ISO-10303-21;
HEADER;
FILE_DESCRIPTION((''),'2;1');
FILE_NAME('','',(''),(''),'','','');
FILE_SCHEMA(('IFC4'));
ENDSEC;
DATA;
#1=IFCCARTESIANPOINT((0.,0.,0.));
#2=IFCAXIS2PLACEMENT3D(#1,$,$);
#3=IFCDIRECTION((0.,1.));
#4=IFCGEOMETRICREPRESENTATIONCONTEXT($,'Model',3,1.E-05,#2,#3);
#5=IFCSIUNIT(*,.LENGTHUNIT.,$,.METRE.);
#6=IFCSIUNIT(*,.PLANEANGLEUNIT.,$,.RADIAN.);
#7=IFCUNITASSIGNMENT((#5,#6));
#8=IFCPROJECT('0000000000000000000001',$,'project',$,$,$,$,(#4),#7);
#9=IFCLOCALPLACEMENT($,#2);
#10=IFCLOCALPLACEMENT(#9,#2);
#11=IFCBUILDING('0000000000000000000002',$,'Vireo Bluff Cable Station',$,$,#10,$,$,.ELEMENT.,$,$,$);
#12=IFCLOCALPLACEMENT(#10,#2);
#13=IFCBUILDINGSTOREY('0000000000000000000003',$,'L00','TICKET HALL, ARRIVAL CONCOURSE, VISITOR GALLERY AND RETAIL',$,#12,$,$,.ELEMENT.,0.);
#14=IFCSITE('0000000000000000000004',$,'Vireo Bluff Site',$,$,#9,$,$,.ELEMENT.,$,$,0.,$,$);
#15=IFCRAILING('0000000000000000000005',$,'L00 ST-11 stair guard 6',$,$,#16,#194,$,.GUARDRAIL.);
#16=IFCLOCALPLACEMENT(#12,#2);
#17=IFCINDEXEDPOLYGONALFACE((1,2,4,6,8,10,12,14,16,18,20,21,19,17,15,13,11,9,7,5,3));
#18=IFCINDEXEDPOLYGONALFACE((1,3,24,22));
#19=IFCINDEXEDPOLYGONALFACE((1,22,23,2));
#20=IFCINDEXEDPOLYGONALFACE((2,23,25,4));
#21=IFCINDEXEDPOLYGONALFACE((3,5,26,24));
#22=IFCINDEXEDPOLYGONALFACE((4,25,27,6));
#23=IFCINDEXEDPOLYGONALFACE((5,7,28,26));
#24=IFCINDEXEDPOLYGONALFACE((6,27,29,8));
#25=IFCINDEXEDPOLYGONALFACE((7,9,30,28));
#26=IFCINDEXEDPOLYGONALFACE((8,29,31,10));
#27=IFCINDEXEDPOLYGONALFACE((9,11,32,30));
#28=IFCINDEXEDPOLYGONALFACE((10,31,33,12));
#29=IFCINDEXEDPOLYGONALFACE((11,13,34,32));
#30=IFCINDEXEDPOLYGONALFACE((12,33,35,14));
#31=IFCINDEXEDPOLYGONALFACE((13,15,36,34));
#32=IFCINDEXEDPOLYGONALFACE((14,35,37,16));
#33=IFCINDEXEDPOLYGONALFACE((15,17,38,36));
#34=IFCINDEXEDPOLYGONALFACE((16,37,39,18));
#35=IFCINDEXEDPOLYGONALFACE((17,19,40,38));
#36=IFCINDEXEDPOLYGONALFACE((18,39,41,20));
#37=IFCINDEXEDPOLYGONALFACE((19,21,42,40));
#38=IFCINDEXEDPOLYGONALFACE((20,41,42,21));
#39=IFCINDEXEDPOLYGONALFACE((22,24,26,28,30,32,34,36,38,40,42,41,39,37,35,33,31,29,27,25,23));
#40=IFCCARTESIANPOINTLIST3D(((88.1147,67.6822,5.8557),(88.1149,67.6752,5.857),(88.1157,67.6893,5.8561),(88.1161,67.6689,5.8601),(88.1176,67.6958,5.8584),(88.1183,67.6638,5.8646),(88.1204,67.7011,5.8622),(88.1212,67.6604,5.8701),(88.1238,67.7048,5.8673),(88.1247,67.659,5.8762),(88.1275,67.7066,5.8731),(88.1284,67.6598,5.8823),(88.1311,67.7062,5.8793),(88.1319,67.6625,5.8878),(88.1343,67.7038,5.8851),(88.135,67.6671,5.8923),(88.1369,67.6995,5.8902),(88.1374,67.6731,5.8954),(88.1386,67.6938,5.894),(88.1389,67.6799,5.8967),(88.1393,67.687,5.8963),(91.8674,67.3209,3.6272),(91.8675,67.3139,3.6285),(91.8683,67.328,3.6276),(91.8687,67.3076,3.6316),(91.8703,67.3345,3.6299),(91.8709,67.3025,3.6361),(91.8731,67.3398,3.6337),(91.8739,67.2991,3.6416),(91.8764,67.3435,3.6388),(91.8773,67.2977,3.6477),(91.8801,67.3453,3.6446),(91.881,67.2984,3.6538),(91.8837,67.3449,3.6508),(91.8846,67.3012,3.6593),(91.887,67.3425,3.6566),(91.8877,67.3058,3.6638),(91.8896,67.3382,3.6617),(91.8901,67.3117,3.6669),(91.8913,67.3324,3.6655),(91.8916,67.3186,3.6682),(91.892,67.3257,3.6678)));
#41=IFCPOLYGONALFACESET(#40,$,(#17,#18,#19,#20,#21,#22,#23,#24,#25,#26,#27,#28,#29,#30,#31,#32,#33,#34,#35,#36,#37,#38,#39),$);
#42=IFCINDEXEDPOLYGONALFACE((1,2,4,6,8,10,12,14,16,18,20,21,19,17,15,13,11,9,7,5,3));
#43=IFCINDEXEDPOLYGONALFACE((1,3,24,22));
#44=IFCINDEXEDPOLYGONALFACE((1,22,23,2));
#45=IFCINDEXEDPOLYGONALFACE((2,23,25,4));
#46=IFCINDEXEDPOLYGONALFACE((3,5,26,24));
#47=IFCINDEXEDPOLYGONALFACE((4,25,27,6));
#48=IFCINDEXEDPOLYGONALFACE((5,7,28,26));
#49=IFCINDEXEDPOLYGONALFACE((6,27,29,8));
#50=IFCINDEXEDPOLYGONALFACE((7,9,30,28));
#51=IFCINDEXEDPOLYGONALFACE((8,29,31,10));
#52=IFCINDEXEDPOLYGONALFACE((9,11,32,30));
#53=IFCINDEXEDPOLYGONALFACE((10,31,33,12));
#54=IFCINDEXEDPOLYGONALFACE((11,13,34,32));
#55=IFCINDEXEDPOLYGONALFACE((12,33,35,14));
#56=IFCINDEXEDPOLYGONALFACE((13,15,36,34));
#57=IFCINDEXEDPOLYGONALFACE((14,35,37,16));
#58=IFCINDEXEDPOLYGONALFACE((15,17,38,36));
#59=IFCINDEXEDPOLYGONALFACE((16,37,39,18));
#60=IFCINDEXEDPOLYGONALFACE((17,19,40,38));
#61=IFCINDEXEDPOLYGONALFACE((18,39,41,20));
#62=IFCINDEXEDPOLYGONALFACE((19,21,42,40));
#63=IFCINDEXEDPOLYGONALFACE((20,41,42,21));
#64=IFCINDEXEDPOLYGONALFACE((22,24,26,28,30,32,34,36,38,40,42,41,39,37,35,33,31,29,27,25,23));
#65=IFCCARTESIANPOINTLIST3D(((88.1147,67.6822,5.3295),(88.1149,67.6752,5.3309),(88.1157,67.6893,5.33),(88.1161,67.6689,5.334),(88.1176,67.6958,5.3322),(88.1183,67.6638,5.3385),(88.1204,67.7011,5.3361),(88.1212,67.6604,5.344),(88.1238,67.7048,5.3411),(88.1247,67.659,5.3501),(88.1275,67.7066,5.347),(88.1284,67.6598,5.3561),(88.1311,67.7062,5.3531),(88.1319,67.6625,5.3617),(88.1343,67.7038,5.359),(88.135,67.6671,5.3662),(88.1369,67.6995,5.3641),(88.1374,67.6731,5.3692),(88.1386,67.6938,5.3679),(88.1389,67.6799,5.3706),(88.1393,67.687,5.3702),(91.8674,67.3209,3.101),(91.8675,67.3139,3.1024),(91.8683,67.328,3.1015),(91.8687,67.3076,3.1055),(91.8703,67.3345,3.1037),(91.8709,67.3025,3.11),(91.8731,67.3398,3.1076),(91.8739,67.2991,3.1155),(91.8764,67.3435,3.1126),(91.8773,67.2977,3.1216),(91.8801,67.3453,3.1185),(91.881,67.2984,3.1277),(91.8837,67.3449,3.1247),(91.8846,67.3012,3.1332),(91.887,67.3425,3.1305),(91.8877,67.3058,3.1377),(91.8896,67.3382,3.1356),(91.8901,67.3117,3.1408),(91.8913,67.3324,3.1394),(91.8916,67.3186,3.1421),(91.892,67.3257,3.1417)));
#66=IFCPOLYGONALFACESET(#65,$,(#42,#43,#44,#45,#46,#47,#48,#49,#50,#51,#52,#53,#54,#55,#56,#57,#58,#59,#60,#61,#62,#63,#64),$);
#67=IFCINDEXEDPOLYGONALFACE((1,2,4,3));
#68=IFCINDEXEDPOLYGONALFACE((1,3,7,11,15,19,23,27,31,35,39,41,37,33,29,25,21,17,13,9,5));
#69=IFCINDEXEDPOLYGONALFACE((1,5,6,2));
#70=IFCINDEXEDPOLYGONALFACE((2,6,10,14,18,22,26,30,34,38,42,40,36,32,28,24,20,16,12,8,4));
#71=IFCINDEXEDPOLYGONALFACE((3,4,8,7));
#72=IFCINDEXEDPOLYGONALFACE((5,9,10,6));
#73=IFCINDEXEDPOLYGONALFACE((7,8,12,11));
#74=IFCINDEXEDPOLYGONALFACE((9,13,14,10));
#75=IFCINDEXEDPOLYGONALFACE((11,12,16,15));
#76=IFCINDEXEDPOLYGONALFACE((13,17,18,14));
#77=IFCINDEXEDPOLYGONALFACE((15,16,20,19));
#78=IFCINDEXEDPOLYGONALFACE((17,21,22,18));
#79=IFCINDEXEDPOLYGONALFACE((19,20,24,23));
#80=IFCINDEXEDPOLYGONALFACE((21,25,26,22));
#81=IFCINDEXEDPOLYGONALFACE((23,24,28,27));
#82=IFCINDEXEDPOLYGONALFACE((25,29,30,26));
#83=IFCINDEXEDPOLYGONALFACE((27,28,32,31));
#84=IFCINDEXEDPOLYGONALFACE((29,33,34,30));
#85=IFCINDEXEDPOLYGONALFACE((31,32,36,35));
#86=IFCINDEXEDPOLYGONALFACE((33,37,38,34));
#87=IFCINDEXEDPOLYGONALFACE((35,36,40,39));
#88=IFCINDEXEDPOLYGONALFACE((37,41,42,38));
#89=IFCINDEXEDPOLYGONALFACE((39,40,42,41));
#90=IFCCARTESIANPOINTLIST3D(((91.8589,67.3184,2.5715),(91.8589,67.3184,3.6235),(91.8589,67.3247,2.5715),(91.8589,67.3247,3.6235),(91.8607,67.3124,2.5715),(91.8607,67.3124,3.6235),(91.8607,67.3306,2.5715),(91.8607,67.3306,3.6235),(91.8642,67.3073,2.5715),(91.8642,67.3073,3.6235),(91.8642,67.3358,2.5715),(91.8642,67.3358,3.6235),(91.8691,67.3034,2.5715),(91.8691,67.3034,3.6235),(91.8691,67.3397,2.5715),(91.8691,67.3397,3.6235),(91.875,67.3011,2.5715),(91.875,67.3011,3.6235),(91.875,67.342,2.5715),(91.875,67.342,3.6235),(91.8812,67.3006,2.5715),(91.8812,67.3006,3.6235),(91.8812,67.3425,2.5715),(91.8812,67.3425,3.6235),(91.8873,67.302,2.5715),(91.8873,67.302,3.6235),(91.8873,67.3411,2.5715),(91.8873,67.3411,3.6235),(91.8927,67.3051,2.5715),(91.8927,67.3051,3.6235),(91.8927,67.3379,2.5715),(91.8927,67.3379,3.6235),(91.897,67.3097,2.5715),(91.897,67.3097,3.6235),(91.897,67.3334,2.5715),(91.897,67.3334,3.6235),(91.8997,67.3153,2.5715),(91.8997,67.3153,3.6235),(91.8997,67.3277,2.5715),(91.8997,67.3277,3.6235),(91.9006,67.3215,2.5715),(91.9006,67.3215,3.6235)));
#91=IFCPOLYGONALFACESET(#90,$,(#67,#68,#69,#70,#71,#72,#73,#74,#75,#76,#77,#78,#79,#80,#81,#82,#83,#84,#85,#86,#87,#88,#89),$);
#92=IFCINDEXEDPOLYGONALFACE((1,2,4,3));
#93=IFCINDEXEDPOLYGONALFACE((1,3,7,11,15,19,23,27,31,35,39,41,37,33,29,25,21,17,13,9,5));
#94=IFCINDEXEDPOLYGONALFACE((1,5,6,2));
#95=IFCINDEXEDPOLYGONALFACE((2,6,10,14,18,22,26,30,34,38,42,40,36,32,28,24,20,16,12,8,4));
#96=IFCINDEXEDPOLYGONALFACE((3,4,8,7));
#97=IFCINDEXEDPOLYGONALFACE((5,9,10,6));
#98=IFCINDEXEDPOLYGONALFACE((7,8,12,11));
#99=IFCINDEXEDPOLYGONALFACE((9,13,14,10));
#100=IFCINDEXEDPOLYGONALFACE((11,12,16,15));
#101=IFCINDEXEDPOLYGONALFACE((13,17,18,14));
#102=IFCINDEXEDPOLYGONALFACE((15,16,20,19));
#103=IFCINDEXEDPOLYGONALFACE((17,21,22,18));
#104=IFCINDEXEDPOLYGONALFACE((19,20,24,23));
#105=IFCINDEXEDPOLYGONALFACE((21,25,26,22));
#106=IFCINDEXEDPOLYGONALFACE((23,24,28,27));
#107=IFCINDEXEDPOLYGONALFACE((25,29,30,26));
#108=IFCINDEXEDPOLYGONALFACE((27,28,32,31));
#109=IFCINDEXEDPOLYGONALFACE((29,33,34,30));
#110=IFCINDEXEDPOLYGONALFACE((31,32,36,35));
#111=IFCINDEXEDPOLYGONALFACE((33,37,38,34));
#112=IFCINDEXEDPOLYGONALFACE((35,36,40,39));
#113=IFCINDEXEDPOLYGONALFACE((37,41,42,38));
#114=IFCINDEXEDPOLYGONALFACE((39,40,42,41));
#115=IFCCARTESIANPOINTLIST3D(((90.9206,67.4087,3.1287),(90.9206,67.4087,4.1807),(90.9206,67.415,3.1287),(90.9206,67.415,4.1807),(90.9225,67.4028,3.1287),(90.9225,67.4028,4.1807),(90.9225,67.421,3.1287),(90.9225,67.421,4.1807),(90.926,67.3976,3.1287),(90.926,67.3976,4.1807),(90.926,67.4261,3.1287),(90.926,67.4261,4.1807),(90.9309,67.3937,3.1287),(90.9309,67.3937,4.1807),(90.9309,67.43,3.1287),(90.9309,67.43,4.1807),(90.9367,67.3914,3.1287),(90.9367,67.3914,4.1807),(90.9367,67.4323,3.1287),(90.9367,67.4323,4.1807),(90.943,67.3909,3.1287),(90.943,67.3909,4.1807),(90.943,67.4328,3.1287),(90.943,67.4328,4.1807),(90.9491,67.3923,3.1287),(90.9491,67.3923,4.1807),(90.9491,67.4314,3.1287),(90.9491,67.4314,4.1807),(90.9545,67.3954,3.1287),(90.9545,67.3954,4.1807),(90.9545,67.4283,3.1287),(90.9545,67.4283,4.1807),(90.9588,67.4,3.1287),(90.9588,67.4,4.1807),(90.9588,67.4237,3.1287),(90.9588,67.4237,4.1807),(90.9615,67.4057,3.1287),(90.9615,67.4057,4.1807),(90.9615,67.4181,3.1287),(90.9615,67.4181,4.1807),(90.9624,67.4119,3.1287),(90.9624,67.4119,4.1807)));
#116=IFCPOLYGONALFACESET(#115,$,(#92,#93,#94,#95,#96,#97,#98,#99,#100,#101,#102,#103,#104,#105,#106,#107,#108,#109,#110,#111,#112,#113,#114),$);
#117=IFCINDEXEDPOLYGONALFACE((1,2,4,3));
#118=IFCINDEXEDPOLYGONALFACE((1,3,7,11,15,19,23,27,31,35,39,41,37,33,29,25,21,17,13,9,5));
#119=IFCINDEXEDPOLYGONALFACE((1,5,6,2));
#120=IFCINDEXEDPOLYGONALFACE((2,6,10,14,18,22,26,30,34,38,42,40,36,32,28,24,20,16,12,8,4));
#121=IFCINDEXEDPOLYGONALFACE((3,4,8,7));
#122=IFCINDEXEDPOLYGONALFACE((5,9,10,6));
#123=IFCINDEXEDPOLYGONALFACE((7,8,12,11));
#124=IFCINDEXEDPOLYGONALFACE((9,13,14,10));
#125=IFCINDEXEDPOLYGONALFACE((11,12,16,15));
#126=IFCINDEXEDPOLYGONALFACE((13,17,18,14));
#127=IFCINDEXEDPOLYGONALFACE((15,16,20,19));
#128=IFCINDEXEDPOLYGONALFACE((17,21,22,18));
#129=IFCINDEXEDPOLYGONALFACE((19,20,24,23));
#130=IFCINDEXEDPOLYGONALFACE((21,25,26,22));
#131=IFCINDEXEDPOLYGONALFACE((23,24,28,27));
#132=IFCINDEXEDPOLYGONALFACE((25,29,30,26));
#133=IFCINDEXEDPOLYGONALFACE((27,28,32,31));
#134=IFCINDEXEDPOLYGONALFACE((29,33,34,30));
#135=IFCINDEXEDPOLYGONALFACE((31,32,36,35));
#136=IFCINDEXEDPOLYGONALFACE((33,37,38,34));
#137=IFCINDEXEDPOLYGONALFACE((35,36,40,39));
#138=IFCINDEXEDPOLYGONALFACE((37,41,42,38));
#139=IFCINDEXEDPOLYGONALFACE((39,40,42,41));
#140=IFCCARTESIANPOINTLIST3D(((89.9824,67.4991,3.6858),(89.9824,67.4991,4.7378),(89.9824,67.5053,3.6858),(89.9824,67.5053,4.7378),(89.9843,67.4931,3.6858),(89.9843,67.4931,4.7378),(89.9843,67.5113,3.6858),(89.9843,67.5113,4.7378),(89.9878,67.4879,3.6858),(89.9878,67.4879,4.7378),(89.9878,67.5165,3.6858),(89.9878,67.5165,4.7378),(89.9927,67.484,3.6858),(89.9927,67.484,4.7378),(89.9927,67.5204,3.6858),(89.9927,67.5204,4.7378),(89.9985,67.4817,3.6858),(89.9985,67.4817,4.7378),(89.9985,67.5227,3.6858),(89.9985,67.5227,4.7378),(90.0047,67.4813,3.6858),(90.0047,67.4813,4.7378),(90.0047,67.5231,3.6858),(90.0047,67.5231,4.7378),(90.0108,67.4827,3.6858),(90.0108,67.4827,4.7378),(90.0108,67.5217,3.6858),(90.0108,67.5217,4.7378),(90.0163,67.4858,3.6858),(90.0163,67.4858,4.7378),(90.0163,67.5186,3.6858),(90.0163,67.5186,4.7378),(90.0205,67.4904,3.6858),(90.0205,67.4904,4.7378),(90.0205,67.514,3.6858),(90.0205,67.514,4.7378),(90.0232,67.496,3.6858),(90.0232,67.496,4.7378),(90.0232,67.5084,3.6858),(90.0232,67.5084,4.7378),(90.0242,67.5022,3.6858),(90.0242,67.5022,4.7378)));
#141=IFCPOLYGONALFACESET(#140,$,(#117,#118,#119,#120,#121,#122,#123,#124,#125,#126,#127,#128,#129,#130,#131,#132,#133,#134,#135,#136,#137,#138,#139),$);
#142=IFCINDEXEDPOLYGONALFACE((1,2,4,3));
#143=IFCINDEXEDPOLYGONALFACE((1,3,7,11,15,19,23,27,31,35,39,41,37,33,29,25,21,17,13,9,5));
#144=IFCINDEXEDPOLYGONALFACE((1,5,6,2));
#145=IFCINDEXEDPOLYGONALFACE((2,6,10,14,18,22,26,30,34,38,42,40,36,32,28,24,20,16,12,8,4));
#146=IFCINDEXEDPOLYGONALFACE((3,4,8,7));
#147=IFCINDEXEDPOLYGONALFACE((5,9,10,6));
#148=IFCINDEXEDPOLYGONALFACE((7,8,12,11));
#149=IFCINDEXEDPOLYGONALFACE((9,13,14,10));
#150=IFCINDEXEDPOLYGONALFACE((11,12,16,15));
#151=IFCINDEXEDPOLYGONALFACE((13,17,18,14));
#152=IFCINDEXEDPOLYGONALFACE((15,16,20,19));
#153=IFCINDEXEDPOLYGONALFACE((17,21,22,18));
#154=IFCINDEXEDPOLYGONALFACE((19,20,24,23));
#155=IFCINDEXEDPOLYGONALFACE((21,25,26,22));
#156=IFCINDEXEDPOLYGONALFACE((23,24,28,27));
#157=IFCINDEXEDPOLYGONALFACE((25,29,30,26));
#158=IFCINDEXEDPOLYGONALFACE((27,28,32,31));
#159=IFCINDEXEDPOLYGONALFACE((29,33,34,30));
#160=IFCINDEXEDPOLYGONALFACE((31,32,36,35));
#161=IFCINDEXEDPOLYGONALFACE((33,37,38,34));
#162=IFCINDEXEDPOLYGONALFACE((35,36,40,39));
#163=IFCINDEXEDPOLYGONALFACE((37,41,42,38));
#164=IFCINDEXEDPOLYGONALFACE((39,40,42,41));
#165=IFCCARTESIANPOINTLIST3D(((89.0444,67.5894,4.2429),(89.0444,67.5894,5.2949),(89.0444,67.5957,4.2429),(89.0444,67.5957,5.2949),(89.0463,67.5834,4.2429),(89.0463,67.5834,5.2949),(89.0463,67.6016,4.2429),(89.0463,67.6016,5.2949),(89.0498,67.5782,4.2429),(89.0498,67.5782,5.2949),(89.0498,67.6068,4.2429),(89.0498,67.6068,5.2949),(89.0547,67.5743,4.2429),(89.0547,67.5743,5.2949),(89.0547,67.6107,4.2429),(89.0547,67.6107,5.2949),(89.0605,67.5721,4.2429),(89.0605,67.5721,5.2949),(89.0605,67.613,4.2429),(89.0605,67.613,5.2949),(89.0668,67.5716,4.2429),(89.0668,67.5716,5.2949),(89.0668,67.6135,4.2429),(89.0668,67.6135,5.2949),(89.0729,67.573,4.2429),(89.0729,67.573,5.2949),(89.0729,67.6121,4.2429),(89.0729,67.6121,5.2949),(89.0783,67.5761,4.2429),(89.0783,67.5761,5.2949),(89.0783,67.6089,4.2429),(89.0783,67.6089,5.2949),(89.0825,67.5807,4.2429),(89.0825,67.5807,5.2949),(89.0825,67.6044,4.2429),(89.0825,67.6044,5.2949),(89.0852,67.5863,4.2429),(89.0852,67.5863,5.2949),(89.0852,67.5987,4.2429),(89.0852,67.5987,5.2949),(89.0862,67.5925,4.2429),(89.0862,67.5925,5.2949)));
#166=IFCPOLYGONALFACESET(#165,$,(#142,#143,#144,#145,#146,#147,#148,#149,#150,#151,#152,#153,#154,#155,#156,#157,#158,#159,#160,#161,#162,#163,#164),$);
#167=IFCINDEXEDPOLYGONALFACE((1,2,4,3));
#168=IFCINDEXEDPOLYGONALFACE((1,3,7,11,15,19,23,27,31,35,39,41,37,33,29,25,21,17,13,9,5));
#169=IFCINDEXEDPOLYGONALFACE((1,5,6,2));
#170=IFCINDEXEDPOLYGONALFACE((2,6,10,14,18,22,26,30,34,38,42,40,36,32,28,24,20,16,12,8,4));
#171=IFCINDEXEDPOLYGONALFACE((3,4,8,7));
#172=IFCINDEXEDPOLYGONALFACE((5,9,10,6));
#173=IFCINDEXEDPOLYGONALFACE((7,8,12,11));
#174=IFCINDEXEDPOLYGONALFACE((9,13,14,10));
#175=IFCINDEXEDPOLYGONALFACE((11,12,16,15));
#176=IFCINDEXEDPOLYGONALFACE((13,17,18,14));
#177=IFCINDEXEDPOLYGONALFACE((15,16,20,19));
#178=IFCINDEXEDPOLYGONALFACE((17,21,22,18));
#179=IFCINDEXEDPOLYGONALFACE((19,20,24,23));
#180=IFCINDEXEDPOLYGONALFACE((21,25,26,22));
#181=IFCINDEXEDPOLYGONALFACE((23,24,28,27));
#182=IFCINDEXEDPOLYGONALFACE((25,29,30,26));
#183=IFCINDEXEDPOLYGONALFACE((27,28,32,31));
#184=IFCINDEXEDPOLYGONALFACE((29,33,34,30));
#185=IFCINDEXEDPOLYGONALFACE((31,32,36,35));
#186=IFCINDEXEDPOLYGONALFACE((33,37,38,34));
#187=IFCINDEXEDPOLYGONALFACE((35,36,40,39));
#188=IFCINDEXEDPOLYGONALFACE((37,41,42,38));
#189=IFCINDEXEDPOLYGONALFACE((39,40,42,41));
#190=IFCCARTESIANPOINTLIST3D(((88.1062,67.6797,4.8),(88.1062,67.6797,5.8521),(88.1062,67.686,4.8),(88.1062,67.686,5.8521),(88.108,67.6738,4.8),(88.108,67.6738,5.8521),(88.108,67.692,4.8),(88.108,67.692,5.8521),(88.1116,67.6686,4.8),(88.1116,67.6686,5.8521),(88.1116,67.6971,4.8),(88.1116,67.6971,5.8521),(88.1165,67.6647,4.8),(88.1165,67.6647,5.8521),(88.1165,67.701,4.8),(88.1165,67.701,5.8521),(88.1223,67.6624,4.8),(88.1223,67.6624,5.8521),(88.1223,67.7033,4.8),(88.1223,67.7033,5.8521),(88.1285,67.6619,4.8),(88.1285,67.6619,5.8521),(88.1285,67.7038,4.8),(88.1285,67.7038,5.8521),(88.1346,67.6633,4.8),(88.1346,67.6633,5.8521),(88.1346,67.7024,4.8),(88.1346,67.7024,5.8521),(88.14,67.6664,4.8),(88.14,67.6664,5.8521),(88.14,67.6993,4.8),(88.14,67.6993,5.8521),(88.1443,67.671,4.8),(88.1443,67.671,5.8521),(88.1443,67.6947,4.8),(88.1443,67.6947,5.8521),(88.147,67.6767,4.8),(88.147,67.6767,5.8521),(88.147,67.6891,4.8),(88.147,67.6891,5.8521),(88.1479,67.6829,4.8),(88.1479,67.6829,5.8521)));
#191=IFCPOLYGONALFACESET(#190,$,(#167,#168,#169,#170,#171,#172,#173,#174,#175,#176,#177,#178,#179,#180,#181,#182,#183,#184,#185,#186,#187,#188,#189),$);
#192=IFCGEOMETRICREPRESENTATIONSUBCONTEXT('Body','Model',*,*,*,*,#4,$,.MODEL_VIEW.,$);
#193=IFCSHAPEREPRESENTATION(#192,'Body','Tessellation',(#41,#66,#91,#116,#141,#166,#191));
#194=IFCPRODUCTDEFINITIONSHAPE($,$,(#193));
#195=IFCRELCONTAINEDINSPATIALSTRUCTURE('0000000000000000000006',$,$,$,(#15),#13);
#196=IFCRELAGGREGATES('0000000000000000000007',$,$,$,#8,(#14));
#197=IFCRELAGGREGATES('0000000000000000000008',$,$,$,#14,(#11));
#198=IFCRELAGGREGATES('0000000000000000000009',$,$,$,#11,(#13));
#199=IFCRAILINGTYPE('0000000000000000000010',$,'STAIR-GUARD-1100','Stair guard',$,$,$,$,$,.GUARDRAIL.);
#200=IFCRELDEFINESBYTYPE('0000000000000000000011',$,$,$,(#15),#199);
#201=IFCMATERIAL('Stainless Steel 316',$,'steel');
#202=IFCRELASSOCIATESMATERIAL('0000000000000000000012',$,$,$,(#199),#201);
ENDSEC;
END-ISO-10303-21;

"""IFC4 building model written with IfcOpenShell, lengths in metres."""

from ifc_helpers import new_model, si_unit, direction, frame, origin, origin_2d, place, context, subcontext, project, spatial, circle, extrude, material, type_object, element, save


model = new_model("IFC4")

# Units and contexts
model_context = context("Model", 3, precision=1e-05, world=origin(), true_north=direction((0.0, 1.0)))
body_context = subcontext(model_context, "Body", "Model", "MODEL_VIEW")
ifc_project = project(units=[si_unit("LENGTHUNIT", "METRE"), si_unit("PLANEANGLEUNIT", "RADIAN")], contexts=[model_context])

# Site, building, storey
site_placement = place(None, origin())
site = spatial("IfcSite", under=ifc_project, at=site_placement, Name="Vireo Bluff Site", CompositionType="ELEMENT", RefElevation=0.0)
building_placement = place(site_placement, origin())
building = spatial("IfcBuilding", under=site, at=building_placement, Name="Vireo Bluff Cable Station", CompositionType="ELEMENT")
storey_placement = place(building_placement, origin())
storey = spatial("IfcBuildingStorey", under=building, at=storey_placement, Name="L00", Description="TICKET HALL, ARRIVAL CONCOURSE, VISITOR GALLERY AND RETAIL", CompositionType="ELEMENT", Elevation=0.0)

# Railing
ifc_material_1 = material(Name="Stainless Steel 316", Category="steel")
railing_type_1 = type_object("IfcRailingType", Name="STAIR-GUARD-1100", Description="Stair guard", PredefinedType="GUARDRAIL", material=ifc_material_1)
railing_1_placement = place(storey_placement, frame((91.8796, 67.3215, 2.5715)))
element("IfcRailing", 1, at=railing_1_placement, inside=storey, type_object=railing_type_1, Name="L00 ST-11 stair guard 6", PredefinedType="GUARDRAIL", context=body_context, shape_type="SweptSolid", body=[
    extrude(circle(Radius=0.0239, at=origin_2d()), frame((0.0, 0.0, 1.0762), z_axis=(-0.856887, 0.082506, 0.508859), x_axis=(-0.095842, -0.995397, 0.0)), (0.0, 0.0, 1.0), 4.3794),
    extrude(circle(Radius=0.0239, at=origin_2d()), frame((0.0, 0.0, 0.55), z_axis=(-0.856887, 0.082506, 0.508859), x_axis=(-0.095842, -0.995397, 0.0)), (0.0, 0.0, 1.0), 4.3794),
    extrude(circle(Radius=0.021, at=origin_2d()), origin(), (0.0, 0.0, 1.0), 1.052),
    extrude(circle(Radius=0.021, at=origin_2d()), frame((-0.9382, 0.0903, 0.5571)), (0.0, 0.0, 1.0), 1.052),
    extrude(circle(Radius=0.021, at=origin_2d()), frame((-1.8765, 0.1807, 1.1143)), (0.0, 0.0, 1.0), 1.052),
    extrude(circle(Radius=0.021, at=origin_2d()), frame((-2.8145, 0.271, 1.6714)), (0.0, 0.0, 1.0), 1.052),
    extrude(circle(Radius=0.021, at=origin_2d()), frame((-3.7527, 0.3613, 2.2285)), (0.0, 0.0, 1.0), 1.052),
])

save(model, "model.ifc")
